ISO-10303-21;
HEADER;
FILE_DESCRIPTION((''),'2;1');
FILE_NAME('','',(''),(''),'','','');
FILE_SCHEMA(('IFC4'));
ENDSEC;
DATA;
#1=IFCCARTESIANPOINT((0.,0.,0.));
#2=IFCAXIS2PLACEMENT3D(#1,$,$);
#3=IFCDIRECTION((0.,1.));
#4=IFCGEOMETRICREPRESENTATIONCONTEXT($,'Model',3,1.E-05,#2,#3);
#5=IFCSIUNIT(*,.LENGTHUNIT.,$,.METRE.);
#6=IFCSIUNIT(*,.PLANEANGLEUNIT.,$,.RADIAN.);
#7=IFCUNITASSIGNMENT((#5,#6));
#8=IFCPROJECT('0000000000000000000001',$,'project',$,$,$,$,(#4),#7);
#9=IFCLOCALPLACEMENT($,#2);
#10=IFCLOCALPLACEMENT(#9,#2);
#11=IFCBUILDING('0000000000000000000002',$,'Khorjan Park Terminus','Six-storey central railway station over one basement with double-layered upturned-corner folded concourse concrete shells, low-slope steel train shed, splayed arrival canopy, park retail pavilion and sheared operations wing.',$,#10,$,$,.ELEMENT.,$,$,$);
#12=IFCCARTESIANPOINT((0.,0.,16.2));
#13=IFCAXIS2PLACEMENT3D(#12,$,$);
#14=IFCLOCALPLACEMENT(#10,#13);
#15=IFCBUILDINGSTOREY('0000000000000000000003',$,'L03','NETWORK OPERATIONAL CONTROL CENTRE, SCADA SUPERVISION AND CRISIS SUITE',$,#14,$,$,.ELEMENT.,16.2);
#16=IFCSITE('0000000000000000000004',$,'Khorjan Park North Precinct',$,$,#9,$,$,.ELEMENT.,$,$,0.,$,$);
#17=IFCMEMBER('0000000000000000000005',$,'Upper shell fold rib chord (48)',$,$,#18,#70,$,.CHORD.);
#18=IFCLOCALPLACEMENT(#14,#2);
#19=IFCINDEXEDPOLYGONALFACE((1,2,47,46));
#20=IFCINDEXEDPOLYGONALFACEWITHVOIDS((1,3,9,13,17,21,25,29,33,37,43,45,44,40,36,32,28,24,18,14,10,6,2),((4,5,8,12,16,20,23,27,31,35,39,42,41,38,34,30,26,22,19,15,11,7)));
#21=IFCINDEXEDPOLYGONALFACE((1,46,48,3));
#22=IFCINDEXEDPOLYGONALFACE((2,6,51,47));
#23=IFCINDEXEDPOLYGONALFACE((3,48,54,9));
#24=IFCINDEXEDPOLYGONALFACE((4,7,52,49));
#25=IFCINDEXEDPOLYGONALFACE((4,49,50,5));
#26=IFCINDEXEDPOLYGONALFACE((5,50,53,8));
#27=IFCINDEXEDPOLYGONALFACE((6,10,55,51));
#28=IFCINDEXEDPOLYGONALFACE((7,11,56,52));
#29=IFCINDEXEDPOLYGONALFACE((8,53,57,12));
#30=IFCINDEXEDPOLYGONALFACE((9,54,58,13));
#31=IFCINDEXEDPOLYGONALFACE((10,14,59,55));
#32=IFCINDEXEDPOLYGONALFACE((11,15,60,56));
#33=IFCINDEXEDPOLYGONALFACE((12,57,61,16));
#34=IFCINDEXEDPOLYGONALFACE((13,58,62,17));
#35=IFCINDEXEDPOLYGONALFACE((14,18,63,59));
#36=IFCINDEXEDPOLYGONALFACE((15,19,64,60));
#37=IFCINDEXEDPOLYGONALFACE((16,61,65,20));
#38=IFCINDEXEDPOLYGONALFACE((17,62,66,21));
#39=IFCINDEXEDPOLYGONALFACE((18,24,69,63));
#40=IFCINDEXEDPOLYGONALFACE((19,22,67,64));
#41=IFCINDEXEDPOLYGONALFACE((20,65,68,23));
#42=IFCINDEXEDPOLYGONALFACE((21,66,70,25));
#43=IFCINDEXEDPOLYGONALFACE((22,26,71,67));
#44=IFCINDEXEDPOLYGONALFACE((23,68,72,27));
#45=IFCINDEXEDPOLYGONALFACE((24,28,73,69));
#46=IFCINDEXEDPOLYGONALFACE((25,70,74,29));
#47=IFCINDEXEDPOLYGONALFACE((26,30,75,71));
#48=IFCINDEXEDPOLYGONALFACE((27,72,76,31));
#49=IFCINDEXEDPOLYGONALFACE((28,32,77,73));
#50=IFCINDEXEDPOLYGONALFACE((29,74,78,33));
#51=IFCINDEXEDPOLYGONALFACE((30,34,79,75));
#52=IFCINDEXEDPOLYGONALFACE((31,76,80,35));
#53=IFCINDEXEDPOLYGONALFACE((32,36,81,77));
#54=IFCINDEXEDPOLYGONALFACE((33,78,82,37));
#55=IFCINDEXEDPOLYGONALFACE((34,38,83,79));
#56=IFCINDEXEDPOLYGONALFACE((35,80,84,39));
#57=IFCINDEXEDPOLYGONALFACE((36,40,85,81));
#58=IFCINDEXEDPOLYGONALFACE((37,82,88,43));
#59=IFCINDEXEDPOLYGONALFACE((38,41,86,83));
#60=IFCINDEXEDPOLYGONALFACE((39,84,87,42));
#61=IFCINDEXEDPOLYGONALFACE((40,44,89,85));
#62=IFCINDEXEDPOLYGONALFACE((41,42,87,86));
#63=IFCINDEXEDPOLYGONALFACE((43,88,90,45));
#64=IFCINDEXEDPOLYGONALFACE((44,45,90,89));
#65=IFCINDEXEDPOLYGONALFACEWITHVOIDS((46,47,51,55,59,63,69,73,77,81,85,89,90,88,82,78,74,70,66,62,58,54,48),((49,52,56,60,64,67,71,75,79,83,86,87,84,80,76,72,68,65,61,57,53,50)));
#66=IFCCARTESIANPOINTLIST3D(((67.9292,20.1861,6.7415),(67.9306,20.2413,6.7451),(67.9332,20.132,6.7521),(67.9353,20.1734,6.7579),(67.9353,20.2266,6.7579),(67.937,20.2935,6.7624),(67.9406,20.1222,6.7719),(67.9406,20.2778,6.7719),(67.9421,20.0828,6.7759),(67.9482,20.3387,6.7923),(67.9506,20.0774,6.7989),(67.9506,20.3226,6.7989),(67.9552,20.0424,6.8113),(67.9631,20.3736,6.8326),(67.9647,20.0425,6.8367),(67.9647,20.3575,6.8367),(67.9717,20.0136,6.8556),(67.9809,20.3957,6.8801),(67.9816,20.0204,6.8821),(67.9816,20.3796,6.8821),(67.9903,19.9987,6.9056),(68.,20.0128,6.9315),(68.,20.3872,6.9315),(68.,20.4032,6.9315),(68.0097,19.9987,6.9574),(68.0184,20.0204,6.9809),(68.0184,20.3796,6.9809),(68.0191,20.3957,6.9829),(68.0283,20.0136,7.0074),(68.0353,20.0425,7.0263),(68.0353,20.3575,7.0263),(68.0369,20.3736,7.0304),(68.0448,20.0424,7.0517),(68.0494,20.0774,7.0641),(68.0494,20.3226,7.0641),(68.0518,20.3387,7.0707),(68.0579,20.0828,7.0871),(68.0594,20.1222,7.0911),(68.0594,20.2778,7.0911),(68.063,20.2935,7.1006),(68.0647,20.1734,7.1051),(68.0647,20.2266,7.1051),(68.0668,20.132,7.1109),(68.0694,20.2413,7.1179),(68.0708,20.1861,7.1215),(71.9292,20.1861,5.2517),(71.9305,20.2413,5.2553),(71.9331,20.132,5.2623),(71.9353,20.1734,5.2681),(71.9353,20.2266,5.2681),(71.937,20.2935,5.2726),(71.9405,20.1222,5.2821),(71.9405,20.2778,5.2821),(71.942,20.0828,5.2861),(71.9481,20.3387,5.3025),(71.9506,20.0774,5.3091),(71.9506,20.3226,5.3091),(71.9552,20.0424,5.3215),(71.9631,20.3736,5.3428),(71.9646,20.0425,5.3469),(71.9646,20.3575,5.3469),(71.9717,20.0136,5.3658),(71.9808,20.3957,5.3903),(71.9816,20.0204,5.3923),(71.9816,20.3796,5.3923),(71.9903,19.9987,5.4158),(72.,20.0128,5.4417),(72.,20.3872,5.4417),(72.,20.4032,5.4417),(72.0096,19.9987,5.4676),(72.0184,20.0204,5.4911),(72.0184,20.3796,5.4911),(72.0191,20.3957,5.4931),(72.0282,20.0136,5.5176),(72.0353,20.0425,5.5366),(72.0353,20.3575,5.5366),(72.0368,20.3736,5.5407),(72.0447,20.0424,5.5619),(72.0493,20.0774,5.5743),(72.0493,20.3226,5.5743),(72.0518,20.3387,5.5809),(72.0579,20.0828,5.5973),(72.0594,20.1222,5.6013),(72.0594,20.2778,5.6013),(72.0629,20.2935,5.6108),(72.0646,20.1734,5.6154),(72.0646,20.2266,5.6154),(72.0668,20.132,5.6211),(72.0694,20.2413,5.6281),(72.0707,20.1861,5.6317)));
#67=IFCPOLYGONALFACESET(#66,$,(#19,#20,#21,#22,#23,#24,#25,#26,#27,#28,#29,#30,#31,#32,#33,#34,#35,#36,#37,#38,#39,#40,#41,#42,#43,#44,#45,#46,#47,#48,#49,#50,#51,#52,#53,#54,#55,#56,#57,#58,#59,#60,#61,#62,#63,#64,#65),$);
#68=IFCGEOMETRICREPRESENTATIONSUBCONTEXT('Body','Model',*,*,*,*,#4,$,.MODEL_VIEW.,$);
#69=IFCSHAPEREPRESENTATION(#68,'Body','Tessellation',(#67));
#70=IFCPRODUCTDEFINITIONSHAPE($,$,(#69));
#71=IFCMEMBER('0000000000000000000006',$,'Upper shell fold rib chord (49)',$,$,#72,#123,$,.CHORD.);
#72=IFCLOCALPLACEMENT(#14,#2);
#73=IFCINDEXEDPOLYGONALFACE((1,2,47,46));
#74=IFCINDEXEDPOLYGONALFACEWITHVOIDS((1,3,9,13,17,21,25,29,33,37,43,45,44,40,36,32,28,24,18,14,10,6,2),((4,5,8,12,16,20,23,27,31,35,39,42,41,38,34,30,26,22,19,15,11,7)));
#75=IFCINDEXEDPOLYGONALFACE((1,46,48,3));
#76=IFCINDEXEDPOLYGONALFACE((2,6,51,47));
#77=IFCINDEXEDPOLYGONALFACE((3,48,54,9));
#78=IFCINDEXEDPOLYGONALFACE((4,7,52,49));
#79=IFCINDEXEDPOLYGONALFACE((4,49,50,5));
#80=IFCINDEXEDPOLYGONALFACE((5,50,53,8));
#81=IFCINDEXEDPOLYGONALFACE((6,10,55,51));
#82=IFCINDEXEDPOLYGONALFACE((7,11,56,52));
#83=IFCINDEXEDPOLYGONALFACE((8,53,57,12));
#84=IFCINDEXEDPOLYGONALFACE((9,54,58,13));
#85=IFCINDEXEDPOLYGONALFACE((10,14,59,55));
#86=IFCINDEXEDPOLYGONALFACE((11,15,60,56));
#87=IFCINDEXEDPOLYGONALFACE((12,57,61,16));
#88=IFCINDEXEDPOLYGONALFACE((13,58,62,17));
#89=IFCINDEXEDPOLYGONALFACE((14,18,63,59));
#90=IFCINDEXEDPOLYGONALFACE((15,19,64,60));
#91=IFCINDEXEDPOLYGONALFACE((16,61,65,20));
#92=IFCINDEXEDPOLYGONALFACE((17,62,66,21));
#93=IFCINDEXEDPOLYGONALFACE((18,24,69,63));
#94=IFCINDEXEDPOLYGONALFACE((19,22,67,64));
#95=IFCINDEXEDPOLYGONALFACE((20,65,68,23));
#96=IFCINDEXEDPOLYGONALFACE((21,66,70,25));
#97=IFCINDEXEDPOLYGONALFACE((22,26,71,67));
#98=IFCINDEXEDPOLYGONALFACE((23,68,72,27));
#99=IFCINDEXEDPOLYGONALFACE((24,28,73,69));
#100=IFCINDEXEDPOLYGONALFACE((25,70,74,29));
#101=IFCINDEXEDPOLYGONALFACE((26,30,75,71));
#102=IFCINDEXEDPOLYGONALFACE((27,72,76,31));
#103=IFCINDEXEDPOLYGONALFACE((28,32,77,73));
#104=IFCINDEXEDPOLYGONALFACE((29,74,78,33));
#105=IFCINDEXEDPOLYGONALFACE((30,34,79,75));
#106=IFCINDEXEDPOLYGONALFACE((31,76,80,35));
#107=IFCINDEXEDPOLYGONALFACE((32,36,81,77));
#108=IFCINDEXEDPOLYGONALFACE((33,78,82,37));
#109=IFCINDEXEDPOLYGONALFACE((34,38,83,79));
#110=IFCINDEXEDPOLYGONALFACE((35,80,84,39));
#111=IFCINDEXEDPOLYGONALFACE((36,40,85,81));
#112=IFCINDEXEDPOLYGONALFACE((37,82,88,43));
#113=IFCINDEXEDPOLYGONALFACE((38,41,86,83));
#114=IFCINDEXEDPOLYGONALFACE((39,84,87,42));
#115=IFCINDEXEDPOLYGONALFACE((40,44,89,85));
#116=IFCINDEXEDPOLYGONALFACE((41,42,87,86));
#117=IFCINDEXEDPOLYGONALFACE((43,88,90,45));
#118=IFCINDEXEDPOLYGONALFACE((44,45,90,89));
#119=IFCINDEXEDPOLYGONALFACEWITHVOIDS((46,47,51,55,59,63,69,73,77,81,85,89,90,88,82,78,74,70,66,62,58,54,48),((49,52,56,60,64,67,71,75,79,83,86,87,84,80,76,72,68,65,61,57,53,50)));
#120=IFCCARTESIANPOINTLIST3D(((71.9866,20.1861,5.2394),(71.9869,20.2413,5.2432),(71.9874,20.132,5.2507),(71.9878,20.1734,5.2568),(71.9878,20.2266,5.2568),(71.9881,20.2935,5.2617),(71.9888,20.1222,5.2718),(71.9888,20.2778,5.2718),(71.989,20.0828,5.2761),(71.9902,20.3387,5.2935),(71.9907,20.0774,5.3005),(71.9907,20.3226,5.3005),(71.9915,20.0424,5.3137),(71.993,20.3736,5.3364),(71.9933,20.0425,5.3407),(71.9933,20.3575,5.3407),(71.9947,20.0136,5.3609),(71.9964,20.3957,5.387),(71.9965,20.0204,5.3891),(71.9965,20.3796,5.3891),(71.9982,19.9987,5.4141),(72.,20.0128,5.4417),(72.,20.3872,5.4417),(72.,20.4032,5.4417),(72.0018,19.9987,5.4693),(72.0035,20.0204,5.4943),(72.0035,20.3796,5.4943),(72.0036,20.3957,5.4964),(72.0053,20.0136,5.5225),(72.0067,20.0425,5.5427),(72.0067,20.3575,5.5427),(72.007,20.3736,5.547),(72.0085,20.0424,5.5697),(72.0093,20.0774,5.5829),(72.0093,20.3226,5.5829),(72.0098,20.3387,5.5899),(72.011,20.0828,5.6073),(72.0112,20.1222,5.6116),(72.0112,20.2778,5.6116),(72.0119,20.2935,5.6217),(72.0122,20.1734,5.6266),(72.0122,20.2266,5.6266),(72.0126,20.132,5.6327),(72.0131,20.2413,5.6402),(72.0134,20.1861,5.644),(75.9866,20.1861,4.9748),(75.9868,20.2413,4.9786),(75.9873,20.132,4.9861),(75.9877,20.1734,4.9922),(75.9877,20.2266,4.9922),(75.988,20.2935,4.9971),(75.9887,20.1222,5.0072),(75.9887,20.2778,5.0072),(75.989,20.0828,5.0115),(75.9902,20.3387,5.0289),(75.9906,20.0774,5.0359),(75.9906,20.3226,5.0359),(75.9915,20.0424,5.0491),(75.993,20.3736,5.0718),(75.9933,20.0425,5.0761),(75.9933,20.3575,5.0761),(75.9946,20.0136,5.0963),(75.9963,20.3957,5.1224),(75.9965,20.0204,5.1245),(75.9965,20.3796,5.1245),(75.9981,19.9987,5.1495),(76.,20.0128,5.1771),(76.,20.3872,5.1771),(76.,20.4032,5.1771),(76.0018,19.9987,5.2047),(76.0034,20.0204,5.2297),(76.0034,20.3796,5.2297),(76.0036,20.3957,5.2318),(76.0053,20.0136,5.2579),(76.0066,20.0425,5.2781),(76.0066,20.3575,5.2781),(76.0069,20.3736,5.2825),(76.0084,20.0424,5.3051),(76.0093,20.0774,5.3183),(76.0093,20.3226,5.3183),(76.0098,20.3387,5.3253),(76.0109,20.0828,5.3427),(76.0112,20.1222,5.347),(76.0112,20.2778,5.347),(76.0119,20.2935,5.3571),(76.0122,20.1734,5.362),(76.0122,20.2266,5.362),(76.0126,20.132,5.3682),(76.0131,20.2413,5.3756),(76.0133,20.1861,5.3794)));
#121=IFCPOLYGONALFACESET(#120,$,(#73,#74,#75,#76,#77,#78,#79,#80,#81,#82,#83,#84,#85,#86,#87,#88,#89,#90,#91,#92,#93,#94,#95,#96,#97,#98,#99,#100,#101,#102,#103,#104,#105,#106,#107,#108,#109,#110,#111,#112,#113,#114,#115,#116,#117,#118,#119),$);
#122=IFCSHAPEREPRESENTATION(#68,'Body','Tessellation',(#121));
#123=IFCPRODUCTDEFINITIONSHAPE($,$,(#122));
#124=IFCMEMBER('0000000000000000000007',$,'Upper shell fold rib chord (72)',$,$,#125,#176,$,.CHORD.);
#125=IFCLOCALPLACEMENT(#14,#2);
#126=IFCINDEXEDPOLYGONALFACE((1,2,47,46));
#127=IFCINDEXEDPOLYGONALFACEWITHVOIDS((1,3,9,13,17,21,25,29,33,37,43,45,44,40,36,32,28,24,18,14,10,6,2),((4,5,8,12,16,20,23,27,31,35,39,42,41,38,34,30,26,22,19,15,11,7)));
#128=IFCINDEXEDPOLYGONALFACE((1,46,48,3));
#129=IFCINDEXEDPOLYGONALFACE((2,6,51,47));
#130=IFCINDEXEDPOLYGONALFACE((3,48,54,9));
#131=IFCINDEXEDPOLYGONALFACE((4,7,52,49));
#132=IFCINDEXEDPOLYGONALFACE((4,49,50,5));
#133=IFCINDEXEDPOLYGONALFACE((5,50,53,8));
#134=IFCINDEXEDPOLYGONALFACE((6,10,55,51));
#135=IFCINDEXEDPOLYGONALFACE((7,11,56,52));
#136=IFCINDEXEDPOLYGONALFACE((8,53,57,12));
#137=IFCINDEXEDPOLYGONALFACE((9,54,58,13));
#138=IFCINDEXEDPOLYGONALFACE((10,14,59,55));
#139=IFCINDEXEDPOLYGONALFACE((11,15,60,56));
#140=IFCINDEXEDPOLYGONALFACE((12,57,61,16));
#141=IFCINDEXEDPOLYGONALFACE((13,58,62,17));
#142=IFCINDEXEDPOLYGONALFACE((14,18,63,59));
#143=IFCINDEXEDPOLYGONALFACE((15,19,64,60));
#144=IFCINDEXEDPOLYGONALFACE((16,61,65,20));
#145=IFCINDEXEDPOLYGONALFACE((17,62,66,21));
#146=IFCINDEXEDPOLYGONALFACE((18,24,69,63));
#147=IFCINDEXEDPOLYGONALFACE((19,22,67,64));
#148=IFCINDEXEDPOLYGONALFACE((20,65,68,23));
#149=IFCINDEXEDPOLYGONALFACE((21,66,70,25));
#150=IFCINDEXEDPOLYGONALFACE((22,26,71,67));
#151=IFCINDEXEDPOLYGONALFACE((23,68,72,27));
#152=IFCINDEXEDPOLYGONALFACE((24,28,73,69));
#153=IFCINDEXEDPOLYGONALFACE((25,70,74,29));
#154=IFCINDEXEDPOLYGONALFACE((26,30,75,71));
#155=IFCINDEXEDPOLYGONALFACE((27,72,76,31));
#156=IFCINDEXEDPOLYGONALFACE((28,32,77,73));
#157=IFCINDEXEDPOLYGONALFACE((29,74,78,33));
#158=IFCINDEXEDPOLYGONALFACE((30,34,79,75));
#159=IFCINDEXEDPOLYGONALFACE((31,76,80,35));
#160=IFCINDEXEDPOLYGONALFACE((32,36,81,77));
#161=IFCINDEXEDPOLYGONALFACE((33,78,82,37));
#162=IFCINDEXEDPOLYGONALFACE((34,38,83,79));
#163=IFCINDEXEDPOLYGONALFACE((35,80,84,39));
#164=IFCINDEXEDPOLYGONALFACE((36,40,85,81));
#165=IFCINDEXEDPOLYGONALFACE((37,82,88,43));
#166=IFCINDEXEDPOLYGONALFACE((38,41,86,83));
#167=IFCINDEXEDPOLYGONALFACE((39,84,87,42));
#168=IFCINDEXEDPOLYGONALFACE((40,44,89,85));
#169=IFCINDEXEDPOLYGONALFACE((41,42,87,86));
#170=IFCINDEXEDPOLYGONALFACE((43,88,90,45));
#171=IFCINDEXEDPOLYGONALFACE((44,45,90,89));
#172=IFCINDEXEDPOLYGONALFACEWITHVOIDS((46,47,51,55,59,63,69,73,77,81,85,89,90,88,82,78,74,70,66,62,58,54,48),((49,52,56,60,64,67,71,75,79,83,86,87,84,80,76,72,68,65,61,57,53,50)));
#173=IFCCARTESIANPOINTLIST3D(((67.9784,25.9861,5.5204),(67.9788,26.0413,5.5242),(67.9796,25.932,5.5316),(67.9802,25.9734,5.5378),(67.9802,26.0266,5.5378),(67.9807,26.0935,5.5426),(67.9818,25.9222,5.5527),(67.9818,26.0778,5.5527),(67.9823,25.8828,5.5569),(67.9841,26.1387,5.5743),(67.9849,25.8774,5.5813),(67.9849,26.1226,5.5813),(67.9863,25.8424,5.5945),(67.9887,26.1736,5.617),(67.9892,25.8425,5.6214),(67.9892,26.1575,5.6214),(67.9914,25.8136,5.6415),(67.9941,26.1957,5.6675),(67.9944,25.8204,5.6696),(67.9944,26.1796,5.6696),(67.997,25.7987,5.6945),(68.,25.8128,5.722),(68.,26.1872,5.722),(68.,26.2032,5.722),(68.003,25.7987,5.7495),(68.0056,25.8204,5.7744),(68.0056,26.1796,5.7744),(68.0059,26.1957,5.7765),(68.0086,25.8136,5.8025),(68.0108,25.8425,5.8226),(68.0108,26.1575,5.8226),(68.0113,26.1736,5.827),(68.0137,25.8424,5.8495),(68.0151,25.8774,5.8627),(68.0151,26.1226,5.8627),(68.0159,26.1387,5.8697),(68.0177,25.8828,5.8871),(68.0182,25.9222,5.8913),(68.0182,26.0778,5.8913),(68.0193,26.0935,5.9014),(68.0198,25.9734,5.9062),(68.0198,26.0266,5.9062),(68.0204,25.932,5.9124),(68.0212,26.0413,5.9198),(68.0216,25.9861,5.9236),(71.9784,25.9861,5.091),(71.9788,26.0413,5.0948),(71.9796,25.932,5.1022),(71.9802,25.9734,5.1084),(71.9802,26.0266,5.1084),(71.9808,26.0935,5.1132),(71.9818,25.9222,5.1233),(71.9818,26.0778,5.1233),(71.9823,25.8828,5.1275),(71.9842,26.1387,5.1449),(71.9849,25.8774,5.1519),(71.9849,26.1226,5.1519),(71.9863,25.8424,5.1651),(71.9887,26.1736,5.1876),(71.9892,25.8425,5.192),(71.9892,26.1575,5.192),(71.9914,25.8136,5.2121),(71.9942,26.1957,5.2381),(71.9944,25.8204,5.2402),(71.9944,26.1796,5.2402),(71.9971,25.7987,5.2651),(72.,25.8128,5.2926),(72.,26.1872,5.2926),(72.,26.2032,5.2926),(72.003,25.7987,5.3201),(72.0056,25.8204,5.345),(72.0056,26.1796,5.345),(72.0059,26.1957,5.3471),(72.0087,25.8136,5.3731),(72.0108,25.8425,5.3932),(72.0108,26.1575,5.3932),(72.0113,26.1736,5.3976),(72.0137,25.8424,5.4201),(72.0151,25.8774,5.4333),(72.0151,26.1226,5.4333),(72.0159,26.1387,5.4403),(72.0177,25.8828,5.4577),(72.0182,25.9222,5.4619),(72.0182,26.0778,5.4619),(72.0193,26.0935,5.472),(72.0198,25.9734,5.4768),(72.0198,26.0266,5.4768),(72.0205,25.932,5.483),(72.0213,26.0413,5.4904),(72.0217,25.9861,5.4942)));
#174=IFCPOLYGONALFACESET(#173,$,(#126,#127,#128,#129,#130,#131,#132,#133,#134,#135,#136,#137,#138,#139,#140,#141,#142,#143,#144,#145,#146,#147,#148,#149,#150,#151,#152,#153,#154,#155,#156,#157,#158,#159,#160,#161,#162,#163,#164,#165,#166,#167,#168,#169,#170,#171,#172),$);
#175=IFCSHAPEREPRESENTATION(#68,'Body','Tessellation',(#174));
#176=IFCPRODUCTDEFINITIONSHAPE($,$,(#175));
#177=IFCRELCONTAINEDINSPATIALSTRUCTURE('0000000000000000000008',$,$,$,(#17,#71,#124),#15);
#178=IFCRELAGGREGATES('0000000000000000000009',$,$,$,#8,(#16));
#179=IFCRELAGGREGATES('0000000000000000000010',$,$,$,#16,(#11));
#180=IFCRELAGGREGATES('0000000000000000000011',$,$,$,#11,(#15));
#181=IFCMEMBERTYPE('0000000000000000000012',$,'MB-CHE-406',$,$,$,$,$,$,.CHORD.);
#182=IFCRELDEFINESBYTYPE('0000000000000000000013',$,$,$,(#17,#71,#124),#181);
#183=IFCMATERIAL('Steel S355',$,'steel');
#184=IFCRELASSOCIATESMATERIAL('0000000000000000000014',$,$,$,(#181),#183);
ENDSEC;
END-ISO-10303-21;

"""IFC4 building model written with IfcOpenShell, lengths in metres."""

from ifc_helpers import new_model, si_unit, direction, frame, origin, origin_2d, place, context, subcontext, project, spatial, hollow_circle, extrude, material, material_profile, profile_set, type_object, element, save


model = new_model("IFC4")

# Units and contexts
model_context = context("Model", 3, precision=1e-05, world=origin(), true_north=direction((0.0, 1.0)))
body_context = subcontext(model_context, "Body", "Model", "MODEL_VIEW")
ifc_project = project(units=[si_unit("LENGTHUNIT", "METRE"), si_unit("PLANEANGLEUNIT", "RADIAN")], contexts=[model_context])

# Site, building, storey
site_placement = place(None, origin())
site = spatial("IfcSite", under=ifc_project, at=site_placement, Name="Khorjan Park North Precinct", CompositionType="ELEMENT", RefElevation=0.0)
building_placement = place(site_placement, origin())
building = spatial("IfcBuilding", under=site, at=building_placement, Name="Khorjan Park Terminus", Description="Six-storey central railway station over one basement with double-layered upturned-corner folded concourse concrete shells, low-slope steel train shed, splayed arrival canopy, park retail pavilion and sheared operations wing.", CompositionType="ELEMENT")
storey_placement = place(building_placement, frame((0.0, 0.0, 16.2)))
storey = spatial("IfcBuildingStorey", under=building, at=storey_placement, Name="L03", Description="NETWORK OPERATIONAL CONTROL CENTRE, SCADA SUPERVISION AND CRISIS SUITE", CompositionType="ELEMENT", Elevation=16.2)

# Members
ifc_material_1 = material(Name="Steel S355", Category="steel")
ifc_material_profile_1 = material_profile(ifc_material_1, hollow_circle(Radius=0.2032, WallThickness=0.016, at=origin_2d()), Name="CHS 406.4x16")
ifc_profile_set_1 = profile_set([ifc_material_profile_1], Name="Steel S355")
member_type_1 = type_object("IfcMemberType", Name="MB-CHE-406", PredefinedType="CHORD", material=ifc_profile_set_1)
member_1_placement = place(storey_placement, frame((68.0, 20.2, 6.9315), z_axis=(0.937112, 0.0, -0.349028), x_axis=(0.0, 1.0, 0.0)))
element("IfcMember", 1, at=member_1_placement, inside=storey, type_object=member_type_1, Name="Upper shell fold rib chord (48)", PredefinedType="CHORD", context=body_context, shape_type="SweptSolid", body=[
    extrude(hollow_circle(Radius=0.2032, WallThickness=0.016, at=origin_2d()), origin(), (0.0, 0.0, 1.0), 4.2684),
])
member_2_placement = place(storey_placement, frame((72.0, 20.2, 5.4417), z_axis=(0.997819, 0.0, -0.066006), x_axis=(0.0, 1.0, 0.0)))
element("IfcMember", 2, at=member_2_placement, inside=storey, type_object=member_type_1, Name="Upper shell fold rib chord (49)", PredefinedType="CHORD", context=body_context, shape_type="SweptSolid", body=[
    extrude(hollow_circle(Radius=0.2032, WallThickness=0.016, at=origin_2d()), origin(), (0.0, 0.0, 1.0), 4.0087),
])
member_3_placement = place(storey_placement, frame((68.0, 26.0, 5.722), z_axis=(0.994287, 0.0, -0.106737), x_axis=(0.0, 1.0, 0.0)))
element("IfcMember", 3, at=member_3_placement, inside=storey, type_object=member_type_1, Name="Upper shell fold rib chord (72)", PredefinedType="CHORD", context=body_context, shape_type="SweptSolid", body=[
    extrude(hollow_circle(Radius=0.2032, WallThickness=0.016, at=origin_2d()), origin(), (0.0, 0.0, 1.0), 4.023),
])

save(model, "model.ifc")
